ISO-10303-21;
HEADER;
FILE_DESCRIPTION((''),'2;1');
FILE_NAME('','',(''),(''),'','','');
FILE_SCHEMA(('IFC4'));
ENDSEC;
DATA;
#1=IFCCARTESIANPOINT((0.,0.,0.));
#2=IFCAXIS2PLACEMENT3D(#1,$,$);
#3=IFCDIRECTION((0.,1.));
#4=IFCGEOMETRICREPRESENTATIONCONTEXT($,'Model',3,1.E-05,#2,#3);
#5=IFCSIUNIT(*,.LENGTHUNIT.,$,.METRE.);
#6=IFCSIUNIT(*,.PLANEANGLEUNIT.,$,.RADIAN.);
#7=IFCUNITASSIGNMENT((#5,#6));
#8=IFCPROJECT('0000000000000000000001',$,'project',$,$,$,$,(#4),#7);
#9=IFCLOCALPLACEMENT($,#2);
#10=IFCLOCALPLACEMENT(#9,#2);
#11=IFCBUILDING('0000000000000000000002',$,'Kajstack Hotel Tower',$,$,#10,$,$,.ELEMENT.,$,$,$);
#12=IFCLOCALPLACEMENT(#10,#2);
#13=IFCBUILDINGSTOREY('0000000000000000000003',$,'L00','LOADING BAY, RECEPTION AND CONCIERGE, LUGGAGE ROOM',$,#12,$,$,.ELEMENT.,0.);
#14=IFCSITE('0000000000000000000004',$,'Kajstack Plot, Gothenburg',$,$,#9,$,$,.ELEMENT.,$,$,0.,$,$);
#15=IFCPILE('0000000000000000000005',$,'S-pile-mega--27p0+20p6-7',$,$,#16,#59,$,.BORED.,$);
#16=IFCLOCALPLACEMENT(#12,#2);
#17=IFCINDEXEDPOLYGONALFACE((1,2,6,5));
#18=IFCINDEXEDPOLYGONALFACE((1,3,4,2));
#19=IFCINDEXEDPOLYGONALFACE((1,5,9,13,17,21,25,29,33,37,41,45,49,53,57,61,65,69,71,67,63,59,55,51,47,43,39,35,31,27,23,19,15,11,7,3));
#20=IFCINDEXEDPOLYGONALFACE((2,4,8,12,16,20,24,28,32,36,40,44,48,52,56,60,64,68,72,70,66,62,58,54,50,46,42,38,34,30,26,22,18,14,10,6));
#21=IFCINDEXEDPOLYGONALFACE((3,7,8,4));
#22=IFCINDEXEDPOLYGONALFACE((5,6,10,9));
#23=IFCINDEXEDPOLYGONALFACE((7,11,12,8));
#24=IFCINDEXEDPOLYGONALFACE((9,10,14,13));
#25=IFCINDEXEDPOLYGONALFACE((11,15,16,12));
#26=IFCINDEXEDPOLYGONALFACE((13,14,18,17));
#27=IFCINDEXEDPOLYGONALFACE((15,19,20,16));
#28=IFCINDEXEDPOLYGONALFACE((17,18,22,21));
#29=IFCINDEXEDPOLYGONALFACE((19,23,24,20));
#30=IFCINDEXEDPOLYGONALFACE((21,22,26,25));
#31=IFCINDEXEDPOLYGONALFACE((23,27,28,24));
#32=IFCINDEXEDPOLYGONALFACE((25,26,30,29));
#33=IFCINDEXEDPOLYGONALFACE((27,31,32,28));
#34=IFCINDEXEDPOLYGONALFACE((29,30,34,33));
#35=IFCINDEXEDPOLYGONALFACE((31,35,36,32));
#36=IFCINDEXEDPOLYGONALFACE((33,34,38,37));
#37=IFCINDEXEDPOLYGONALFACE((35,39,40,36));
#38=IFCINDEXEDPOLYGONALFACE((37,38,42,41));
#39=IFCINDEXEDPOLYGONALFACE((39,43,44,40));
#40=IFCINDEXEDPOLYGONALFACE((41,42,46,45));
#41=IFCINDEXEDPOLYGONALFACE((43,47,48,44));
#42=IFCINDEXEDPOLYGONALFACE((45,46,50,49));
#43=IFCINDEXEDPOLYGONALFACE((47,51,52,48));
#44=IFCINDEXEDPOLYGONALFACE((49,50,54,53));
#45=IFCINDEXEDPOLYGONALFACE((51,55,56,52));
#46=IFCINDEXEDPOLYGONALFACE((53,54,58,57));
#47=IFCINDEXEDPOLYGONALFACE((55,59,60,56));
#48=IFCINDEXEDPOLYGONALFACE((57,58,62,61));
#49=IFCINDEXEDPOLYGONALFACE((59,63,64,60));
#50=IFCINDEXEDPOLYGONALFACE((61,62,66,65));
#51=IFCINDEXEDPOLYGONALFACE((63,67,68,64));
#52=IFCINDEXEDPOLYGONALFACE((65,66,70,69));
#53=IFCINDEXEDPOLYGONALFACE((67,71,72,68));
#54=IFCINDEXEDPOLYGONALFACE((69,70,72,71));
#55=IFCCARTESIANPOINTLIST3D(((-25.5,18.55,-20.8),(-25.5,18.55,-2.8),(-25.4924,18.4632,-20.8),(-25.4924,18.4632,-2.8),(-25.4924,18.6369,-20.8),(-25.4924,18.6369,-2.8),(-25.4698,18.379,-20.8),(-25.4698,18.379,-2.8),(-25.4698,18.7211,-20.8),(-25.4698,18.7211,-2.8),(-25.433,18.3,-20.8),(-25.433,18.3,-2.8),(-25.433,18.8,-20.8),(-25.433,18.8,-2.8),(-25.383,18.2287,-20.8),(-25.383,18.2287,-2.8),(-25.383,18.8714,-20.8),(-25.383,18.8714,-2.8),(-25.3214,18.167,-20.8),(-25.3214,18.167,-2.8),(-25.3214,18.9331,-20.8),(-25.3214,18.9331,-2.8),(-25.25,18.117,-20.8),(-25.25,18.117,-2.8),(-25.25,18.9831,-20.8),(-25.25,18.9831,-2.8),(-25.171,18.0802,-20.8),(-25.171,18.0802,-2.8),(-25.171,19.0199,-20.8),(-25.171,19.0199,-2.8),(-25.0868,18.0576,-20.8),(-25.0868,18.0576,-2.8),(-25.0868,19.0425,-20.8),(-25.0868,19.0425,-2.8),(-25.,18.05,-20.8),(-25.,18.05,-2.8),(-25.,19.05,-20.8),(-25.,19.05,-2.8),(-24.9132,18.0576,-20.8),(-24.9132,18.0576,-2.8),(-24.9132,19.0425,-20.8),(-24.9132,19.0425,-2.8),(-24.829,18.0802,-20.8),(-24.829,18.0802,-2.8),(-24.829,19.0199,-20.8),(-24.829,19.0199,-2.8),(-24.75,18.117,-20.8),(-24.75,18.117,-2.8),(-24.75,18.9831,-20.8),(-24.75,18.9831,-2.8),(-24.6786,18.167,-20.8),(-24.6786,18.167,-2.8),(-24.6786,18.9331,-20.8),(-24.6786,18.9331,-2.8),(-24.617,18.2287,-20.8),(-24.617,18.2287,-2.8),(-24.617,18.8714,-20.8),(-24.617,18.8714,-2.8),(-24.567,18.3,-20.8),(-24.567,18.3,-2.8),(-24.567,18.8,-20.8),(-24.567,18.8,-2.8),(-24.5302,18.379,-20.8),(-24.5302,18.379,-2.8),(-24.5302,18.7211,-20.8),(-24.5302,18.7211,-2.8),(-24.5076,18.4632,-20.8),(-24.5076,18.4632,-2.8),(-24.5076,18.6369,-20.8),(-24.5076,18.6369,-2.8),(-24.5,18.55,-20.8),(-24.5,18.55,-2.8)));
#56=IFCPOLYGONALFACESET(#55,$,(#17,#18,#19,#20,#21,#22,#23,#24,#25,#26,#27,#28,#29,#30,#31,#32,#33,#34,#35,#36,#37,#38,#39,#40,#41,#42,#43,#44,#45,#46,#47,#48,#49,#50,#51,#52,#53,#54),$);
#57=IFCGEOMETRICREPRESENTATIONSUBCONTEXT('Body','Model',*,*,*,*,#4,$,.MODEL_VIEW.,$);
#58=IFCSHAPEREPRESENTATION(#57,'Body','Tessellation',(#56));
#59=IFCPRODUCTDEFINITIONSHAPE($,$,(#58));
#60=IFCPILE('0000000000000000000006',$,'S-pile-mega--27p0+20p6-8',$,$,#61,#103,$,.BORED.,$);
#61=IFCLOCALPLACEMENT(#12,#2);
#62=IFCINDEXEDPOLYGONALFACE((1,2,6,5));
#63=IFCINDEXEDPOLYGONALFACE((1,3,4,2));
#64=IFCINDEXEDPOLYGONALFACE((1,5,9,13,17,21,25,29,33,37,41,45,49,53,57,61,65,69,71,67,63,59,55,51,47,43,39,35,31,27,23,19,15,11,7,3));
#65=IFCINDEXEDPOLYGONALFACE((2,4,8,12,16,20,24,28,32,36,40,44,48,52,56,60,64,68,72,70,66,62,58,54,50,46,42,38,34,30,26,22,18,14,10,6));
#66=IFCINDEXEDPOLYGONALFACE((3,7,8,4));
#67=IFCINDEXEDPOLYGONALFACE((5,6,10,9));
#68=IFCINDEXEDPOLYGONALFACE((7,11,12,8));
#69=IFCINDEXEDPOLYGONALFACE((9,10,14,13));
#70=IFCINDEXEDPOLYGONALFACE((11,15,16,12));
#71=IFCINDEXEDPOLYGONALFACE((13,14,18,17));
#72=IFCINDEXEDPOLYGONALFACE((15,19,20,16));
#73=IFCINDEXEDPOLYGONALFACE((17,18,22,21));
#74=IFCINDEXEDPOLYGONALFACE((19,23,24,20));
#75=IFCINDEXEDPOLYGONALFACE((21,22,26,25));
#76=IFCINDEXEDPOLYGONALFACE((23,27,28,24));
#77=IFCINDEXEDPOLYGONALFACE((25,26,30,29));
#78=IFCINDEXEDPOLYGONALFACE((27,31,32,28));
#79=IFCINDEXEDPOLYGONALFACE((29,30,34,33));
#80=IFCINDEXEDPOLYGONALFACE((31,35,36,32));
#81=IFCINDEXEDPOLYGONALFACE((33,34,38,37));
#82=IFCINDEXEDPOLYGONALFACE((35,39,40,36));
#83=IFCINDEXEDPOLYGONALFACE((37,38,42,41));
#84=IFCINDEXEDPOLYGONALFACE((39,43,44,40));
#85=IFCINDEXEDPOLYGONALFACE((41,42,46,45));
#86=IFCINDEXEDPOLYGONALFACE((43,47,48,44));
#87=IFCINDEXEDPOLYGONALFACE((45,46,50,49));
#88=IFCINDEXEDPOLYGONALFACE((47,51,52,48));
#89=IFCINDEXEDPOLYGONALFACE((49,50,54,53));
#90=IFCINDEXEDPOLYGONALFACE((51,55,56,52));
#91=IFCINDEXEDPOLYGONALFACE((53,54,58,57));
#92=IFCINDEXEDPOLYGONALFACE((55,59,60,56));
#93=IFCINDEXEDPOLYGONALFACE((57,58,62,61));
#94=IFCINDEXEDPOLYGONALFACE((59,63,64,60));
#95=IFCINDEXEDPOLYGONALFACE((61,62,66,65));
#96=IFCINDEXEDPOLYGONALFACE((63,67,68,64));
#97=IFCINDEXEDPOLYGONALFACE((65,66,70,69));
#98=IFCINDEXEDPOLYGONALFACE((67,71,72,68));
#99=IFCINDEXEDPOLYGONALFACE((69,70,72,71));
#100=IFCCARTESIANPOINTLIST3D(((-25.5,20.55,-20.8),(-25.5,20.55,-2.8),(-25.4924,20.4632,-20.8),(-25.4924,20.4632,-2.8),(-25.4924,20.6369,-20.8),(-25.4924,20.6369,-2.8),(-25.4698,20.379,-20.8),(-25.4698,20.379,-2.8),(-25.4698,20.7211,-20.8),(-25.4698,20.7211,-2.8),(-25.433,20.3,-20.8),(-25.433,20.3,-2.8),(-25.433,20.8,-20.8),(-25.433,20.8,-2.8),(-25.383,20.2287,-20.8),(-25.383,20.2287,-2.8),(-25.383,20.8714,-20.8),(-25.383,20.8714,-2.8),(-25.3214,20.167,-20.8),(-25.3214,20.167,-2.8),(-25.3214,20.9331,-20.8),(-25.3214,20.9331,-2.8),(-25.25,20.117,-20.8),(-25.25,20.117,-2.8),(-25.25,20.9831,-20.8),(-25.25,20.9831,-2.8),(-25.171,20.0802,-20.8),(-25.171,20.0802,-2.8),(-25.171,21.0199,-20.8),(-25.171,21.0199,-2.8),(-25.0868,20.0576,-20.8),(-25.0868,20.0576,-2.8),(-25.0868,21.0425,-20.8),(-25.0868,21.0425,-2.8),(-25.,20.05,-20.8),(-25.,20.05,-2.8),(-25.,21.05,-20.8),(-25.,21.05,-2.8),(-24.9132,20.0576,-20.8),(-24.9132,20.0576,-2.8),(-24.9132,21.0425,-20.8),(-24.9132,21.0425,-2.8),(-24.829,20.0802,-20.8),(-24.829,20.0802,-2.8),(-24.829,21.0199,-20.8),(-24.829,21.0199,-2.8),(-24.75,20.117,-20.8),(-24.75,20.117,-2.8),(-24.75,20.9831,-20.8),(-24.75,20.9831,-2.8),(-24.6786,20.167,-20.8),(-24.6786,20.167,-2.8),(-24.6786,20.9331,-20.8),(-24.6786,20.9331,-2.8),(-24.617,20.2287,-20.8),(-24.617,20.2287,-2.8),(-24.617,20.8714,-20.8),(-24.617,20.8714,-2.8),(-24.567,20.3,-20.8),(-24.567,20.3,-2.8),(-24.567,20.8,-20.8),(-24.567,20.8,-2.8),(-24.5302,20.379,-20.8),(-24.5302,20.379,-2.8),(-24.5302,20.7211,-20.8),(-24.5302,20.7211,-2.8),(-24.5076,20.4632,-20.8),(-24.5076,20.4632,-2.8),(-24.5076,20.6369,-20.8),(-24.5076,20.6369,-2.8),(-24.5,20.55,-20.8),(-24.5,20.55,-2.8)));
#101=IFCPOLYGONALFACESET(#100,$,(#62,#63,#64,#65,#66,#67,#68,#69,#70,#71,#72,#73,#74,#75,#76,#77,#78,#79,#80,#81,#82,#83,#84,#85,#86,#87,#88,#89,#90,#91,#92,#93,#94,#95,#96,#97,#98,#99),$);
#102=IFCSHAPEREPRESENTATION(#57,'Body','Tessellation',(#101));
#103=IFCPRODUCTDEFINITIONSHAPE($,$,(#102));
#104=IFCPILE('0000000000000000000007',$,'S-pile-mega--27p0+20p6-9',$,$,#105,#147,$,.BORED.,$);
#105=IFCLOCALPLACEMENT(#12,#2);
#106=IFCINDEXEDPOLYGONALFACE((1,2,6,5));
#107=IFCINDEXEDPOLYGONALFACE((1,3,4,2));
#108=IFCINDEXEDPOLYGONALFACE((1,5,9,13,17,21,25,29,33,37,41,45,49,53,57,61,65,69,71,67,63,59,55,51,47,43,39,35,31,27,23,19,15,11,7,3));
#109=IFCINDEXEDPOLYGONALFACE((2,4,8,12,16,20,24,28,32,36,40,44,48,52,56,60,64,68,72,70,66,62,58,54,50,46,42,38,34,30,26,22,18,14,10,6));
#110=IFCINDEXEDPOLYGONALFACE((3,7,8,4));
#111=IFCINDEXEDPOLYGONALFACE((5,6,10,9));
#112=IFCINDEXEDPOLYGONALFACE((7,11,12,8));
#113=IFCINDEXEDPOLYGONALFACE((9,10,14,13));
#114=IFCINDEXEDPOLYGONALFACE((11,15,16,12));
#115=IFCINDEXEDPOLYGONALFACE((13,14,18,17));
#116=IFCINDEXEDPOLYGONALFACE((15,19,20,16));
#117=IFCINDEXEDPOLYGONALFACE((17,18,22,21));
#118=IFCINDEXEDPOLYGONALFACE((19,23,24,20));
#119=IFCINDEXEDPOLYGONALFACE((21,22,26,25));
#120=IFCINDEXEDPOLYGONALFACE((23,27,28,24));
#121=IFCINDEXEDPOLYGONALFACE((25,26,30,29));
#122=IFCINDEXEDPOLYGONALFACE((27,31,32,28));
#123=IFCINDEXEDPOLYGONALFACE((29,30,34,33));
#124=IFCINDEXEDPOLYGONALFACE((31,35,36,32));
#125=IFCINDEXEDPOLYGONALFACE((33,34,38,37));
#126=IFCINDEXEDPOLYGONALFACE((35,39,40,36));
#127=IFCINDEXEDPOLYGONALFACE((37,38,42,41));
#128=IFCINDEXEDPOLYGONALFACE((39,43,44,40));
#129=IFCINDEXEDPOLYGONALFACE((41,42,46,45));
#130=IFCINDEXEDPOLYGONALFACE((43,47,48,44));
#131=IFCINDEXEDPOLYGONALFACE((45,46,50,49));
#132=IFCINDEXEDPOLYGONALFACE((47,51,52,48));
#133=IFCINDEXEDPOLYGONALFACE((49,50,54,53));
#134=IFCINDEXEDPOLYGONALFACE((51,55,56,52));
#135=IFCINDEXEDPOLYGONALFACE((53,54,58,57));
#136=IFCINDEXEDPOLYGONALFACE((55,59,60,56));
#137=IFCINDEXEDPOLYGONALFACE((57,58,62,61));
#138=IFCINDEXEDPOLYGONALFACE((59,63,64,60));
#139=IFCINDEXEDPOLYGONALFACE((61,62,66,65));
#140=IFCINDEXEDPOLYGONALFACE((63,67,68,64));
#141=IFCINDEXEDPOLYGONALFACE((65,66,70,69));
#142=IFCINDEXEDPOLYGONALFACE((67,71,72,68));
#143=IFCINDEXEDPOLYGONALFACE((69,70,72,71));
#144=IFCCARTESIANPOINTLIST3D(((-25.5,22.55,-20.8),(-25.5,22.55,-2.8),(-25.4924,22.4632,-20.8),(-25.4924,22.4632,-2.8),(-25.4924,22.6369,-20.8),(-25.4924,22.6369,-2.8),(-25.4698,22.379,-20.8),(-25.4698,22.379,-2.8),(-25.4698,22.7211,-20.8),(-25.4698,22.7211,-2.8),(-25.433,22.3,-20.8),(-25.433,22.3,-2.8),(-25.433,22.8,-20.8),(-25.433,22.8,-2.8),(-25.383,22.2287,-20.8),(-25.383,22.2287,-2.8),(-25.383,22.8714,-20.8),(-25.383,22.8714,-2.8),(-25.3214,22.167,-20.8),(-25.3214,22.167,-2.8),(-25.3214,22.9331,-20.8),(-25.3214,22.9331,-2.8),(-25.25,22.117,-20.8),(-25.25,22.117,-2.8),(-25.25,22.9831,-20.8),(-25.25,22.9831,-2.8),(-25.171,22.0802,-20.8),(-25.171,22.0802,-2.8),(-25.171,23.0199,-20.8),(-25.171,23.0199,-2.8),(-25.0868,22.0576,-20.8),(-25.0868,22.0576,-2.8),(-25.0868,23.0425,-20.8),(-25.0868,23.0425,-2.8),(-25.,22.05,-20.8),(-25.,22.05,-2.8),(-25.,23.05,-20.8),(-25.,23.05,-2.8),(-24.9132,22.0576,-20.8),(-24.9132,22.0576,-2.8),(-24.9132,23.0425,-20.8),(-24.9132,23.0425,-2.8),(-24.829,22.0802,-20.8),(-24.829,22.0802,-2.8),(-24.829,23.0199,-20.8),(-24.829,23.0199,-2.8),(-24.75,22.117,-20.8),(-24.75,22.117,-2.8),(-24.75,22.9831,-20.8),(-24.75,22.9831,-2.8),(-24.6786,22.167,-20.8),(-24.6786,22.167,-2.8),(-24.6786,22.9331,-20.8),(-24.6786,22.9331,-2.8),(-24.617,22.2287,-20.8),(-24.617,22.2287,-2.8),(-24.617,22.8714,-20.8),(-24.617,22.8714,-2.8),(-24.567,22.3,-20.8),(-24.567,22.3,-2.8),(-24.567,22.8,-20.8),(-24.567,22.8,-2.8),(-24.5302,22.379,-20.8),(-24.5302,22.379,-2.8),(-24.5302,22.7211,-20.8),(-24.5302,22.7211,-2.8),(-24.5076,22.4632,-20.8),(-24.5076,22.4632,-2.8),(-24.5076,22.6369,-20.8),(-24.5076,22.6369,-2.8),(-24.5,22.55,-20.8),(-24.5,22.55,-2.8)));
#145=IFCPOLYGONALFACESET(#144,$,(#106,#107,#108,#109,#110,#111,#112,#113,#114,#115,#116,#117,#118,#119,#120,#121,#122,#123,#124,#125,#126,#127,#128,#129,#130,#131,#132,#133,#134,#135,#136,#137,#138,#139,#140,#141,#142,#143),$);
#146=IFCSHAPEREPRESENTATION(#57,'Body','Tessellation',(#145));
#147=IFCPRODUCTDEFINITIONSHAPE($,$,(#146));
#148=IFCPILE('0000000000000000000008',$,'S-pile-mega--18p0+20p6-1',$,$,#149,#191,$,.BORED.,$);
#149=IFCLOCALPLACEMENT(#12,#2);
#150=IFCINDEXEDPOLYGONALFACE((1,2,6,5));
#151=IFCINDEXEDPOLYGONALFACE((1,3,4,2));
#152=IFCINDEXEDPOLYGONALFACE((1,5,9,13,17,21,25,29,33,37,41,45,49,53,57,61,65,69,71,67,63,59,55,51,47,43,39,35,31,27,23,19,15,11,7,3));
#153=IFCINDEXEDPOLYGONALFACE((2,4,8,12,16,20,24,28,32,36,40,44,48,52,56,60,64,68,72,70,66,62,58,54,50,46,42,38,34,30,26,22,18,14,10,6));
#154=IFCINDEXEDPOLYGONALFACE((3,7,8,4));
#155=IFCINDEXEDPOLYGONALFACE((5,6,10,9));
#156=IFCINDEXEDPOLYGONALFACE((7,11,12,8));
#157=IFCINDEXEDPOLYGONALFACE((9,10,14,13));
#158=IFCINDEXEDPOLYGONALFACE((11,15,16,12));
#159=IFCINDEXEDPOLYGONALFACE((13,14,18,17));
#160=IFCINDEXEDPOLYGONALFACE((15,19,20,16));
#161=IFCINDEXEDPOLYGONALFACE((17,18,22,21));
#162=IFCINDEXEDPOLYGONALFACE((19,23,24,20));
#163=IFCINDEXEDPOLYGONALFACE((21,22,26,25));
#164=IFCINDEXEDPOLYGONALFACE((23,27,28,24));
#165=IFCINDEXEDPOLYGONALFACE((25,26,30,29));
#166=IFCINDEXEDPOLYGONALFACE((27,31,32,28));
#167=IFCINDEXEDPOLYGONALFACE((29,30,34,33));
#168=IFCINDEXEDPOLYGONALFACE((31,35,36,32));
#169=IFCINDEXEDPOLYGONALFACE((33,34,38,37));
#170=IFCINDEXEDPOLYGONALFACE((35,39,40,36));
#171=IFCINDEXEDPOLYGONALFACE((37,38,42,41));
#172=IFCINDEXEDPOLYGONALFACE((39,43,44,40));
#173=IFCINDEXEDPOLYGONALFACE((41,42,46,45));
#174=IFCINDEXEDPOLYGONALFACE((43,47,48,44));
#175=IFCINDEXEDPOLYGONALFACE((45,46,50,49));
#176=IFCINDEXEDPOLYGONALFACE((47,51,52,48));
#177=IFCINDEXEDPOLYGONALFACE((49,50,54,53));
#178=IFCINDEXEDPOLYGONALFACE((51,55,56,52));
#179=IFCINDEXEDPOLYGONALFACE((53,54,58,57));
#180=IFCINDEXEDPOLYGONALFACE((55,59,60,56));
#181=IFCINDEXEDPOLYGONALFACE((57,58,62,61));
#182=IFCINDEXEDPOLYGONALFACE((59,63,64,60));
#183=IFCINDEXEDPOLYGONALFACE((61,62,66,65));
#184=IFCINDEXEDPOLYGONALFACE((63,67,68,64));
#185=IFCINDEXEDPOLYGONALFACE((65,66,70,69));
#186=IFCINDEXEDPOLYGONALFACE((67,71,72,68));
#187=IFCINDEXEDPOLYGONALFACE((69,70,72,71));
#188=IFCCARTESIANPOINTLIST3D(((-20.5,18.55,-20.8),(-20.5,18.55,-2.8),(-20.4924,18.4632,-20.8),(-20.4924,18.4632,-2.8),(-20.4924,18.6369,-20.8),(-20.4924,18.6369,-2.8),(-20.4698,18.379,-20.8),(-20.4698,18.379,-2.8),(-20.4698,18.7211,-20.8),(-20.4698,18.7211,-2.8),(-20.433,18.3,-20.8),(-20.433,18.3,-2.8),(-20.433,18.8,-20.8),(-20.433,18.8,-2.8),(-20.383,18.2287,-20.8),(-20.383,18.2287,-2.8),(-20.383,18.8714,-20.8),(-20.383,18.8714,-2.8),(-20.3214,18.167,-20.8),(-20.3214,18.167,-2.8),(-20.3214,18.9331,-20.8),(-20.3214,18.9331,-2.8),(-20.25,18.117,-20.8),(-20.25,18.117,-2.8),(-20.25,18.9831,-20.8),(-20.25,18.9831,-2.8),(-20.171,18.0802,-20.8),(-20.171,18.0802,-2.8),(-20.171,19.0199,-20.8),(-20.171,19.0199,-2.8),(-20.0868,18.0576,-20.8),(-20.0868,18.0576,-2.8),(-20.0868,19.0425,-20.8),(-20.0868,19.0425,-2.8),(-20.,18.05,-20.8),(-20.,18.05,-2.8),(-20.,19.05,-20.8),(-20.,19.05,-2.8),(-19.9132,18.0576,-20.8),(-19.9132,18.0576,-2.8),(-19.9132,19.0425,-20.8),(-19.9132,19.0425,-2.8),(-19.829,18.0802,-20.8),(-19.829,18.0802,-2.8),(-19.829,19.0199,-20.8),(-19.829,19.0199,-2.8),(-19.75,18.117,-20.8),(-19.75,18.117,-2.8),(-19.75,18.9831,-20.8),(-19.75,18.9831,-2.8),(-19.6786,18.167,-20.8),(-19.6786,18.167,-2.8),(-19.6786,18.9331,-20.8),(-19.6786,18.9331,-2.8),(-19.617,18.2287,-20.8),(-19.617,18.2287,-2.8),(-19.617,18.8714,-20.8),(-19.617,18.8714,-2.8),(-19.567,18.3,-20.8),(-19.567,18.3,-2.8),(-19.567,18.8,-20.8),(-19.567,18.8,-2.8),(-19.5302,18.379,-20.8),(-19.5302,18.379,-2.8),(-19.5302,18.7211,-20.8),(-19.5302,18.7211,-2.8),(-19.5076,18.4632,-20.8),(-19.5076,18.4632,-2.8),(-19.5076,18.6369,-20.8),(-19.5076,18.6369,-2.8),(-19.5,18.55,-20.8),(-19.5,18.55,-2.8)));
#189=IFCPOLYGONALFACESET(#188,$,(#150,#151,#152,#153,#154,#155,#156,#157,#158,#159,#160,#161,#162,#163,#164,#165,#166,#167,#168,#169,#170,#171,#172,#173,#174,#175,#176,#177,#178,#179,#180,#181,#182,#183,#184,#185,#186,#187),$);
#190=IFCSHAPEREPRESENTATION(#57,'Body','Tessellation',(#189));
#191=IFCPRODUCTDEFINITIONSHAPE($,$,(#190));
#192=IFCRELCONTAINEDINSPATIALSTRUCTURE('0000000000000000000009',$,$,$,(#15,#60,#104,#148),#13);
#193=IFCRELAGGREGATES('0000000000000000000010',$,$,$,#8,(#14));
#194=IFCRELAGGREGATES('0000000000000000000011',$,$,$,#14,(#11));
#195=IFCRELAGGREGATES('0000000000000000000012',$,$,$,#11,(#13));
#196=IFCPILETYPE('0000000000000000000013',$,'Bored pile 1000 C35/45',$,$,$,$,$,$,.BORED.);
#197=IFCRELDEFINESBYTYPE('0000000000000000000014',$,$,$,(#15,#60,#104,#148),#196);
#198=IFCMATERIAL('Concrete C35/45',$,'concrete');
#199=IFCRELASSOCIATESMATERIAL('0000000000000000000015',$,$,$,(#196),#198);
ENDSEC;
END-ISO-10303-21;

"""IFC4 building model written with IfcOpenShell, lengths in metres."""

from ifc_helpers import new_model, si_unit, direction, frame, origin, origin_2d, place, context, subcontext, project, spatial, circle, extrude, material, material_profile, profile_set, type_object, element, save


model = new_model("IFC4")

# Units and contexts
model_context = context("Model", 3, precision=1e-05, world=origin(), true_north=direction((0.0, 1.0)))
body_context = subcontext(model_context, "Body", "Model", "MODEL_VIEW")
ifc_project = project(units=[si_unit("LENGTHUNIT", "METRE"), si_unit("PLANEANGLEUNIT", "RADIAN")], contexts=[model_context])

# Site, building, storey
site_placement = place(None, origin())
site = spatial("IfcSite", under=ifc_project, at=site_placement, Name="Kajstack Plot, Gothenburg", CompositionType="ELEMENT", RefElevation=0.0)
building_placement = place(site_placement, origin())
building = spatial("IfcBuilding", under=site, at=building_placement, Name="Kajstack Hotel Tower", CompositionType="ELEMENT")
storey_placement = place(building_placement, origin())
storey = spatial("IfcBuildingStorey", under=building, at=storey_placement, Name="L00", Description="LOADING BAY, RECEPTION AND CONCIERGE, LUGGAGE ROOM", CompositionType="ELEMENT", Elevation=0.0)

# Piles
ifc_material_1 = material(Name="Concrete C35/45", Category="concrete")
ifc_material_profile_1 = material_profile(ifc_material_1, circle(Radius=0.5, at=origin_2d()), Name="RC round 1000")
ifc_profile_set_1 = profile_set([ifc_material_profile_1], Name="Concrete C35/45")
pile_type_1 = type_object("IfcPileType", Name="Bored pile 1000 C35/45", PredefinedType="BORED", material=ifc_profile_set_1)
for number, where, z_axis, x_axis, name in (
    (1, (-25.0, 18.55, -2.8), (0.0, 0.0, -1.0), (1.0, 0.0, 0.0), "S-pile-mega--27p0+20p6-7"),
    (2, (-25.0, 20.55, -2.8), (0.0, 0.0, -1.0), (1.0, 0.0, 0.0), "S-pile-mega--27p0+20p6-8"),
    (3, (-25.0, 22.55, -2.8), (0.0, 0.0, -1.0), (1.0, 0.0, 0.0), "S-pile-mega--27p0+20p6-9"),
    (4, (-20.0, 18.55, -2.8), (0.0, 0.0, -1.0), (1.0, 0.0, 0.0), "S-pile-mega--18p0+20p6-1"),
):
    element("IfcPile", number, at=place(storey_placement, frame(where, z_axis=z_axis, x_axis=x_axis)), inside=storey, type_object=pile_type_1, Name=name, PredefinedType="BORED", context=body_context, shape_type="SweptSolid", body=[
        extrude(circle(Radius=0.5, at=origin_2d()), origin(), (0.0, 0.0, 1.0), 18.0),
    ])

save(model, "model.ifc")
